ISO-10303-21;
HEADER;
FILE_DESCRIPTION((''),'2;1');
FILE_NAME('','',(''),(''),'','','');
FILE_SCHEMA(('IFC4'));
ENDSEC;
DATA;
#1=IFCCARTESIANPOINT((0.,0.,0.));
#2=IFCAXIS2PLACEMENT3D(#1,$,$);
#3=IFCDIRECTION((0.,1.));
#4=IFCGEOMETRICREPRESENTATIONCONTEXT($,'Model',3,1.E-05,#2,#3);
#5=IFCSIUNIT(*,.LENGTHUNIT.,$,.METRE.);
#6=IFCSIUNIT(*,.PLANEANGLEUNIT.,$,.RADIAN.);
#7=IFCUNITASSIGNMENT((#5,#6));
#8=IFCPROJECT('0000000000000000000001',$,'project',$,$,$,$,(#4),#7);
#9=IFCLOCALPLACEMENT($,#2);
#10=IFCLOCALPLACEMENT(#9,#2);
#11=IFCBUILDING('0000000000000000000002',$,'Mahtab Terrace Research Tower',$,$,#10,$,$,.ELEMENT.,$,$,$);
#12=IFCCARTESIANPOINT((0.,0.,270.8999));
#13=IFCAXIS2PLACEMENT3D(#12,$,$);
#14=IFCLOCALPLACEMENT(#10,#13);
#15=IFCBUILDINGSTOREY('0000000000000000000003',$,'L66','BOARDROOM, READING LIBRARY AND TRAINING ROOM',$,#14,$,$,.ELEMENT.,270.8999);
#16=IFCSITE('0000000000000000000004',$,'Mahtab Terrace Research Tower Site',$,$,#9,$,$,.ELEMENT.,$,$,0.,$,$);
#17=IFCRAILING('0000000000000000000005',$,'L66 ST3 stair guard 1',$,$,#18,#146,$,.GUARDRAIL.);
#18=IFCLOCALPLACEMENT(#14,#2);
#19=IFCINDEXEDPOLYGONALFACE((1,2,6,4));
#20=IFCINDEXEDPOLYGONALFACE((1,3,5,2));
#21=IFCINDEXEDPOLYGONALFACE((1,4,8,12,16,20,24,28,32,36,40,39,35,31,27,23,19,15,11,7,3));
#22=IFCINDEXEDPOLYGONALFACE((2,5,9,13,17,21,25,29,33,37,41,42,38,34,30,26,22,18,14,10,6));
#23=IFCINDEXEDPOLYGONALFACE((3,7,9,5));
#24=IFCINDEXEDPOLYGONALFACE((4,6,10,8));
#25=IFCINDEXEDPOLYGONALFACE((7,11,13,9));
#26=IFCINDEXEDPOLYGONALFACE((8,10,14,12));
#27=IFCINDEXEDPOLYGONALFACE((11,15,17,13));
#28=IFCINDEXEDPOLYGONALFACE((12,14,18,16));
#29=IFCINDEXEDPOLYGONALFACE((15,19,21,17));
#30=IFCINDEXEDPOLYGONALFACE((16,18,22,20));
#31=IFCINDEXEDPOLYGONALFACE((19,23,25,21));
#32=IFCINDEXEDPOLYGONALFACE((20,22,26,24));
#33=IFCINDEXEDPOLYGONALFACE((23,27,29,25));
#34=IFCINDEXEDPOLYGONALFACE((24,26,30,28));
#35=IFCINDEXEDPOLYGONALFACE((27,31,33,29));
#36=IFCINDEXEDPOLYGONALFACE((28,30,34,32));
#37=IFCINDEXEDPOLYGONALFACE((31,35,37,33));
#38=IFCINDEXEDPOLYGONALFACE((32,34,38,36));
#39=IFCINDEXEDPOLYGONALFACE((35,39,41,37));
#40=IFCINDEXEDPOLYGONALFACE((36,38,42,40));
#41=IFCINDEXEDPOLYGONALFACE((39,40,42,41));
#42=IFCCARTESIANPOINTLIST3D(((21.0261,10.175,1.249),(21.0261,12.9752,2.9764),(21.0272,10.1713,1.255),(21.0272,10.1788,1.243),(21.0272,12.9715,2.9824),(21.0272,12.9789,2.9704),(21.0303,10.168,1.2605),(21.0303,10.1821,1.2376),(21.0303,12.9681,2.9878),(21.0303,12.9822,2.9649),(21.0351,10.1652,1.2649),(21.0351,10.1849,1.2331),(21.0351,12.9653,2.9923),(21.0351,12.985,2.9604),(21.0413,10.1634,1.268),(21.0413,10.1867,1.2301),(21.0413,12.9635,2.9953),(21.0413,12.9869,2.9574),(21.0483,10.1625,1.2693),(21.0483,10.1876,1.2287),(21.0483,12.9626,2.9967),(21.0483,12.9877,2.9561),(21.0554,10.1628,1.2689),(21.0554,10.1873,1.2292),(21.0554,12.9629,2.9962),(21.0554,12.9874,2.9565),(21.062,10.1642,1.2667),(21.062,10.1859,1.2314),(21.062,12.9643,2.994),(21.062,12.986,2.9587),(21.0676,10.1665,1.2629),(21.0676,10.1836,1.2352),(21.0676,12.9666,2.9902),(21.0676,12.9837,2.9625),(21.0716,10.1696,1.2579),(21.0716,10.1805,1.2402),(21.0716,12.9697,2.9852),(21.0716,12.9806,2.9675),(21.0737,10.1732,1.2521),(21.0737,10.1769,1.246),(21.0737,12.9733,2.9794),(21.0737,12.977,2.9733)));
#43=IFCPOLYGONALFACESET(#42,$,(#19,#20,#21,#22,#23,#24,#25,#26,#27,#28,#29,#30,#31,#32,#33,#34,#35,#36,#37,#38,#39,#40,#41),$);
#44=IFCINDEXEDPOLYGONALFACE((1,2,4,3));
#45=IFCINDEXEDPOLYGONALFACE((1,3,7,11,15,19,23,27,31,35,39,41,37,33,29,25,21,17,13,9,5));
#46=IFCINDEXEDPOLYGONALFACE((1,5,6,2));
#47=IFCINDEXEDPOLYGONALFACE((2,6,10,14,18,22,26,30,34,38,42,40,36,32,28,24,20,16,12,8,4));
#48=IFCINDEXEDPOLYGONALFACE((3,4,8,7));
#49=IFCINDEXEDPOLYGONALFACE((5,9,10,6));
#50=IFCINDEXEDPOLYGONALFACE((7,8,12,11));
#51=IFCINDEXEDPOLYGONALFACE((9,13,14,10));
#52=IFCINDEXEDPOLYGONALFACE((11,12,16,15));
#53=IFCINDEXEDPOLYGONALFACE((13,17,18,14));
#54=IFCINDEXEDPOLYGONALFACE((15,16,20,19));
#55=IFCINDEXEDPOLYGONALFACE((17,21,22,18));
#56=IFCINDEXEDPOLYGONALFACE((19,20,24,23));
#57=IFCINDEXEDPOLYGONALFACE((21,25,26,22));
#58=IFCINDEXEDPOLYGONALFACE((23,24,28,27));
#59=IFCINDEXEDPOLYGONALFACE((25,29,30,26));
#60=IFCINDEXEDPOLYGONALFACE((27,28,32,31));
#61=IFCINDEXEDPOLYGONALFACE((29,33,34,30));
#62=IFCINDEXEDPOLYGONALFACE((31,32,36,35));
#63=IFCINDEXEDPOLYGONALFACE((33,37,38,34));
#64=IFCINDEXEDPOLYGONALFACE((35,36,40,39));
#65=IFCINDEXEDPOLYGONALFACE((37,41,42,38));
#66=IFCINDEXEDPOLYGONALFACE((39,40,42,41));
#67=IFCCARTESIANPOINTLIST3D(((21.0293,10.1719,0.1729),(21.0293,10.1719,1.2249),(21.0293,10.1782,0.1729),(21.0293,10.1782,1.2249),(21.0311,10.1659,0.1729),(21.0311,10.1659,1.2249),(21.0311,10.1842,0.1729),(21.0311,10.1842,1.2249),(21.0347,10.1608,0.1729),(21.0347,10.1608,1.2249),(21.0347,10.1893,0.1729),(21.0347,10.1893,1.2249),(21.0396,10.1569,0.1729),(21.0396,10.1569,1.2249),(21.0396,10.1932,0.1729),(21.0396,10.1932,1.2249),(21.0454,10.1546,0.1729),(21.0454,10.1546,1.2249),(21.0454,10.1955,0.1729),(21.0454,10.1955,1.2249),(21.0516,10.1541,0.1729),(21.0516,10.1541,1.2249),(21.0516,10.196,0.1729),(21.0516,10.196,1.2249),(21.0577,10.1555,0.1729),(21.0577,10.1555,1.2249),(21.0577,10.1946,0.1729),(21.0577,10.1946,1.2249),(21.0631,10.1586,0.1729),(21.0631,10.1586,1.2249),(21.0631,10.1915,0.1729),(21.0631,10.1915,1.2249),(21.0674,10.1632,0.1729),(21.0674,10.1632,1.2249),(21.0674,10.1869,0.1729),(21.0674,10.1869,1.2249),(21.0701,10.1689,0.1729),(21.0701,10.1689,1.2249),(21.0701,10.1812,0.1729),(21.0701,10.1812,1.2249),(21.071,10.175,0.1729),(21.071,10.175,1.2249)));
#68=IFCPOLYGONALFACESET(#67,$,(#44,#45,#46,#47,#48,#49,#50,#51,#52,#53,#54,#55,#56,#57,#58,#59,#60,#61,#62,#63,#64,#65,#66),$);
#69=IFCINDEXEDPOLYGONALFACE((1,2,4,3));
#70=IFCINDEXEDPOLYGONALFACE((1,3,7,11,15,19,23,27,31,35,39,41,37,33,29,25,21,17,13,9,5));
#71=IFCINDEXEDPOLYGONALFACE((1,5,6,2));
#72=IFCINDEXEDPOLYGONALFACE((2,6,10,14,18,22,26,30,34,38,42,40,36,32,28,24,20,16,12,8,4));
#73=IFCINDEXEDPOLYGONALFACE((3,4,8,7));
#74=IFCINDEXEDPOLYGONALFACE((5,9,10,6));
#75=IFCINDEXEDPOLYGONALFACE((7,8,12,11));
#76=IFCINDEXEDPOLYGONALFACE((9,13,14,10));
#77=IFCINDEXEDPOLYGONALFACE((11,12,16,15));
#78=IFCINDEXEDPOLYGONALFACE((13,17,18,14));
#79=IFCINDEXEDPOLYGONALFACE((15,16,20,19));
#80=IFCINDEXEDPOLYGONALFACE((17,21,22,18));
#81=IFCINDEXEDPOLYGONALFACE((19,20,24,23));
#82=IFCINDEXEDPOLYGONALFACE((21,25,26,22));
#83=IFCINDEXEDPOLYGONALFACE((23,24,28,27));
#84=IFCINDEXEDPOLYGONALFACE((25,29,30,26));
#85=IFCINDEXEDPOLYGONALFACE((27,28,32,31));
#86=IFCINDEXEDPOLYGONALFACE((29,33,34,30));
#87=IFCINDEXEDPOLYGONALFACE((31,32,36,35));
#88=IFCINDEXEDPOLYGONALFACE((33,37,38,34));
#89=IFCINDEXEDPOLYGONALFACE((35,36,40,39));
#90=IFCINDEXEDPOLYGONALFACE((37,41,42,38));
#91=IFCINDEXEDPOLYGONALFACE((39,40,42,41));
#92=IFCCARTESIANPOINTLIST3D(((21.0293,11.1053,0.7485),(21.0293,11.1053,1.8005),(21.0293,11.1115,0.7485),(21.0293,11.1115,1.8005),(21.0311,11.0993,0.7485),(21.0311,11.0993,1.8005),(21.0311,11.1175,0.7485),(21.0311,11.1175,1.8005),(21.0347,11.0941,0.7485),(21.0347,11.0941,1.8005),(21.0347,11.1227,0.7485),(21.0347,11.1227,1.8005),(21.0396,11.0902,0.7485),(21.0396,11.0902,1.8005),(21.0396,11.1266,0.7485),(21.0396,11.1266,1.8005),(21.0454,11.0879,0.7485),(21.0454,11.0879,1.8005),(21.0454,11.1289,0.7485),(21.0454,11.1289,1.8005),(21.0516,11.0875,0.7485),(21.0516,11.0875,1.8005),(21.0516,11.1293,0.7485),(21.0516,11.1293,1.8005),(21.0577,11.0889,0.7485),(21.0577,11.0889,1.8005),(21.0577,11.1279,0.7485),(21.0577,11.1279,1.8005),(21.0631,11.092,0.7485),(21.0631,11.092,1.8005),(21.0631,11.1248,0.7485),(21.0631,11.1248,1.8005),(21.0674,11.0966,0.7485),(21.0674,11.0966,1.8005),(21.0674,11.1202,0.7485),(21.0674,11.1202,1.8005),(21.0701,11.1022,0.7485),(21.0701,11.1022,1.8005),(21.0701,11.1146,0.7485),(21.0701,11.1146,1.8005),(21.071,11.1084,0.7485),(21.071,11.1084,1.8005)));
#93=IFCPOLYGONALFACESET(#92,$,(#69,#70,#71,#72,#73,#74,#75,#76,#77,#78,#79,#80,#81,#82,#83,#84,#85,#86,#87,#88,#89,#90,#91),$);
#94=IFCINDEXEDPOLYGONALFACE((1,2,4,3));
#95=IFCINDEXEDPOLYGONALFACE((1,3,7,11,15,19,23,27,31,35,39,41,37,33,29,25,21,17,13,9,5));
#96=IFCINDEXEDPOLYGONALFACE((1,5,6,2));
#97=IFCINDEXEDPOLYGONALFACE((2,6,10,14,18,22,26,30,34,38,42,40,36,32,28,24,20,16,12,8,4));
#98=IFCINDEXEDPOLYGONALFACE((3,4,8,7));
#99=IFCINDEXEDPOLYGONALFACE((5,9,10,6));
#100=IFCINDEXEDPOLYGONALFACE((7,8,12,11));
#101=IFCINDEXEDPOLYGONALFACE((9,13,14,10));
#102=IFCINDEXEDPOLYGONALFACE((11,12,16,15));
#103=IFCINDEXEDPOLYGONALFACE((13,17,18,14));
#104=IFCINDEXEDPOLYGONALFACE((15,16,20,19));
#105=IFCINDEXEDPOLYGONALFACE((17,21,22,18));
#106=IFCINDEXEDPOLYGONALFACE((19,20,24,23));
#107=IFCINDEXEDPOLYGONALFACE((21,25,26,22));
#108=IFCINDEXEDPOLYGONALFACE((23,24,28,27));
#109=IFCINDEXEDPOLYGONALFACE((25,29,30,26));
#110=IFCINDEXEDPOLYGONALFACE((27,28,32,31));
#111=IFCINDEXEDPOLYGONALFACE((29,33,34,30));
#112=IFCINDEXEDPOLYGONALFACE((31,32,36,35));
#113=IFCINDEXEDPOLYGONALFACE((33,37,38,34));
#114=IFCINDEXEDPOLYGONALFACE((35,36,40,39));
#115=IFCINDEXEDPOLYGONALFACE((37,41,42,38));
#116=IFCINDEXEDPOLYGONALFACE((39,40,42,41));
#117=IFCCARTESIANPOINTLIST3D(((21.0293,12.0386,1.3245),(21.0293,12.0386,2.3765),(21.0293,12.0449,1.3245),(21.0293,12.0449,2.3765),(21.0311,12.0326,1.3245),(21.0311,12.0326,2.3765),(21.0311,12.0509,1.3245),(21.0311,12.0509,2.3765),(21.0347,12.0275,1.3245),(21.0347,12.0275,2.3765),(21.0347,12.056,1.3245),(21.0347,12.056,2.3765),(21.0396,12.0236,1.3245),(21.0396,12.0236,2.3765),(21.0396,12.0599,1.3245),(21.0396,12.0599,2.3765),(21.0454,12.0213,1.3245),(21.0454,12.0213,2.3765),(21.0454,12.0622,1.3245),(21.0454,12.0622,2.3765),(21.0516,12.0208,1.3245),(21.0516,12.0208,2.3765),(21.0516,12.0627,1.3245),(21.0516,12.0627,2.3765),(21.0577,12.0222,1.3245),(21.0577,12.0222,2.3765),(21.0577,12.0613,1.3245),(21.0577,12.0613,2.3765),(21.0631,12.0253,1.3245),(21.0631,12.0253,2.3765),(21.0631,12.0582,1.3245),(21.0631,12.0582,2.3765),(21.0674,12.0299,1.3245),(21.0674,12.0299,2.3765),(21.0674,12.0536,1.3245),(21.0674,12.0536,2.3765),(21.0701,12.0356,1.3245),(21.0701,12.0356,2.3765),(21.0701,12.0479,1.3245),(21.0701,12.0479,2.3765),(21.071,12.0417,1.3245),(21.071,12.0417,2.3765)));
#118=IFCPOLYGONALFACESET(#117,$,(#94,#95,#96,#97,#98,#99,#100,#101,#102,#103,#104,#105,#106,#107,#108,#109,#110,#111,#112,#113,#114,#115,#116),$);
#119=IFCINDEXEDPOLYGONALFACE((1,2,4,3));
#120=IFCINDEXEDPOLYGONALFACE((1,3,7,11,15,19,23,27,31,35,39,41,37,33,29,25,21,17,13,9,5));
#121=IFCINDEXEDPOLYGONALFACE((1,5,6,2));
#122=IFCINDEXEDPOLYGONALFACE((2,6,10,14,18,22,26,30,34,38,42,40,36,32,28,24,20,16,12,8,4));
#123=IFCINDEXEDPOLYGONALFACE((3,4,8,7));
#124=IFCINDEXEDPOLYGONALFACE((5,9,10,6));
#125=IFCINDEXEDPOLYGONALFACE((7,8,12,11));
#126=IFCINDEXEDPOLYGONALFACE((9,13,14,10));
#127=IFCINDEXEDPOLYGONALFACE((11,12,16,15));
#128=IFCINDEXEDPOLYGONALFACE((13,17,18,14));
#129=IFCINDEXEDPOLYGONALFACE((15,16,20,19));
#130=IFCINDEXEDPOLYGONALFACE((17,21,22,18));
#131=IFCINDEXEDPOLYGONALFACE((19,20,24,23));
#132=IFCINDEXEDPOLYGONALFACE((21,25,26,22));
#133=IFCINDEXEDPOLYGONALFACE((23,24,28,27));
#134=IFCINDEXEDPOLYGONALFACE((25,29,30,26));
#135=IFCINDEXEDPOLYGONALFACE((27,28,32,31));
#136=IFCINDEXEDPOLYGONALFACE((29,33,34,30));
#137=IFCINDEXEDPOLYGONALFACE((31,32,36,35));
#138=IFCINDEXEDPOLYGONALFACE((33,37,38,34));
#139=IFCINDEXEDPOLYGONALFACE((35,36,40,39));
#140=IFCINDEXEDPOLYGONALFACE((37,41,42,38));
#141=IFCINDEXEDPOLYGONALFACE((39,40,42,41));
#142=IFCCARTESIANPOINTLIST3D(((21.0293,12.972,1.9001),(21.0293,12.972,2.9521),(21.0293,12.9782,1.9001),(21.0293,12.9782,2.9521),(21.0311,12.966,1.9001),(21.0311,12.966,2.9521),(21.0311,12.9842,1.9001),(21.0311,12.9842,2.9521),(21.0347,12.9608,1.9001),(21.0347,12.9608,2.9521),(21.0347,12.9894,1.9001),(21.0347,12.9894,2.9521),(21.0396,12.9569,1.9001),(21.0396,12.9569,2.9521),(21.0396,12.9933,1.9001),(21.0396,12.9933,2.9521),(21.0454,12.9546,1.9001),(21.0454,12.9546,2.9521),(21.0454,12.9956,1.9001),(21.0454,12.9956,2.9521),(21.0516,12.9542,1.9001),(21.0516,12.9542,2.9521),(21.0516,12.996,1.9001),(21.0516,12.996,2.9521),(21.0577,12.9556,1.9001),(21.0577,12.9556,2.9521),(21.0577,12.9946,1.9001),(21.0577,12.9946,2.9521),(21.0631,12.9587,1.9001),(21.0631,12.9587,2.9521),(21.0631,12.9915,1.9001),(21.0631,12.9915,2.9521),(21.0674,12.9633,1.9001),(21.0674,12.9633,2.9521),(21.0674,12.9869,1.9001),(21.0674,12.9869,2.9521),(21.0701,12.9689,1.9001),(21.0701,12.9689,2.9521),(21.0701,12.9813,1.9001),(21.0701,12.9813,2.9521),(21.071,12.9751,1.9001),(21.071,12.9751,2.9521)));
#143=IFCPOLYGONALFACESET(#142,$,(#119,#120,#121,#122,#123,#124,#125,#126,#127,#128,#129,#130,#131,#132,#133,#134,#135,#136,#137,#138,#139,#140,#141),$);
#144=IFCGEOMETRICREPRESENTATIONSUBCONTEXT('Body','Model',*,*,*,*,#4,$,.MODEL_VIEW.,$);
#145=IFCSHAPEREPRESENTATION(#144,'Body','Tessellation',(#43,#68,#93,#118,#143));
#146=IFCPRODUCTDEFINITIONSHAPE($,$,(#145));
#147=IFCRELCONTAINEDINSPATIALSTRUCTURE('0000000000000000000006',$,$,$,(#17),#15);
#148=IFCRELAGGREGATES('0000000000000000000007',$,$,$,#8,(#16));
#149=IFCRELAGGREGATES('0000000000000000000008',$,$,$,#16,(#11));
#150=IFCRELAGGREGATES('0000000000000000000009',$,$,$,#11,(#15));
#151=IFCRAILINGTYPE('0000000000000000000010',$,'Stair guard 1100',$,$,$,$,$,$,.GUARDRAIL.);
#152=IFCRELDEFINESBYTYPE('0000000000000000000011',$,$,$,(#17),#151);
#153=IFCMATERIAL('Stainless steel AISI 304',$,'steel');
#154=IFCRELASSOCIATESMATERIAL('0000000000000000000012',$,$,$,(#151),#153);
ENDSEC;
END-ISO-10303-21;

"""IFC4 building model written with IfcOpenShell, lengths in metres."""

from ifc_helpers import new_model, si_unit, direction, frame, origin, origin_2d, place, context, subcontext, project, spatial, circle, extrude, material, type_object, element, save


model = new_model("IFC4")

# Units and contexts
model_context = context("Model", 3, precision=1e-05, world=origin(), true_north=direction((0.0, 1.0)))
body_context = subcontext(model_context, "Body", "Model", "MODEL_VIEW")
ifc_project = project(units=[si_unit("LENGTHUNIT", "METRE"), si_unit("PLANEANGLEUNIT", "RADIAN")], contexts=[model_context])

# Site, building, storey
site_placement = place(None, origin())
site = spatial("IfcSite", under=ifc_project, at=site_placement, Name="Mahtab Terrace Research Tower Site", CompositionType="ELEMENT", RefElevation=0.0)
building_placement = place(site_placement, origin())
building = spatial("IfcBuilding", under=site, at=building_placement, Name="Mahtab Terrace Research Tower", CompositionType="ELEMENT")
storey_placement = place(building_placement, frame((0.0, 0.0, 270.8999)))
storey = spatial("IfcBuildingStorey", under=building, at=storey_placement, Name="L66", Description="BOARDROOM, READING LIBRARY AND TRAINING ROOM", CompositionType="ELEMENT", Elevation=270.8999)

# Shared definitions
ifc_material_1 = material(Name="Stainless steel AISI 304", Category="steel")

# Railing
railing_type_1 = type_object("IfcRailingType", Name="Stair guard 1100", PredefinedType="GUARDRAIL", material=ifc_material_1)
railing_1_placement = place(storey_placement, frame((21.05, 10.175, 0.1729)))
element("IfcRailing", 1, at=railing_1_placement, inside=storey, type_object=railing_type_1, Name="L66 ST3 stair guard 1", PredefinedType="GUARDRAIL", context=body_context, shape_type="SweptSolid", body=[
    extrude(circle(Radius=0.0239, at=origin_2d()), frame((0.0, 0.0, 1.0762), z_axis=(0.0, 0.85109, 0.52502), x_axis=(-1.0, 0.0, 0.0)), (0.0, 0.0, 1.0), 3.29),
    extrude(circle(Radius=0.021, at=origin_2d()), origin(), (0.0, 0.0, 1.0), 1.052),
    extrude(circle(Radius=0.021, at=origin_2d()), frame((0.0, 0.9333, 0.5757)), (0.0, 0.0, 1.0), 1.052),
    extrude(circle(Radius=0.021, at=origin_2d()), frame((0.0, 1.8667, 1.1516)), (0.0, 0.0, 1.0), 1.052),
    extrude(circle(Radius=0.021, at=origin_2d()), frame((0.0, 2.8, 1.7273)), (0.0, 0.0, 1.0), 1.052),
])

save(model, "model.ifc")
